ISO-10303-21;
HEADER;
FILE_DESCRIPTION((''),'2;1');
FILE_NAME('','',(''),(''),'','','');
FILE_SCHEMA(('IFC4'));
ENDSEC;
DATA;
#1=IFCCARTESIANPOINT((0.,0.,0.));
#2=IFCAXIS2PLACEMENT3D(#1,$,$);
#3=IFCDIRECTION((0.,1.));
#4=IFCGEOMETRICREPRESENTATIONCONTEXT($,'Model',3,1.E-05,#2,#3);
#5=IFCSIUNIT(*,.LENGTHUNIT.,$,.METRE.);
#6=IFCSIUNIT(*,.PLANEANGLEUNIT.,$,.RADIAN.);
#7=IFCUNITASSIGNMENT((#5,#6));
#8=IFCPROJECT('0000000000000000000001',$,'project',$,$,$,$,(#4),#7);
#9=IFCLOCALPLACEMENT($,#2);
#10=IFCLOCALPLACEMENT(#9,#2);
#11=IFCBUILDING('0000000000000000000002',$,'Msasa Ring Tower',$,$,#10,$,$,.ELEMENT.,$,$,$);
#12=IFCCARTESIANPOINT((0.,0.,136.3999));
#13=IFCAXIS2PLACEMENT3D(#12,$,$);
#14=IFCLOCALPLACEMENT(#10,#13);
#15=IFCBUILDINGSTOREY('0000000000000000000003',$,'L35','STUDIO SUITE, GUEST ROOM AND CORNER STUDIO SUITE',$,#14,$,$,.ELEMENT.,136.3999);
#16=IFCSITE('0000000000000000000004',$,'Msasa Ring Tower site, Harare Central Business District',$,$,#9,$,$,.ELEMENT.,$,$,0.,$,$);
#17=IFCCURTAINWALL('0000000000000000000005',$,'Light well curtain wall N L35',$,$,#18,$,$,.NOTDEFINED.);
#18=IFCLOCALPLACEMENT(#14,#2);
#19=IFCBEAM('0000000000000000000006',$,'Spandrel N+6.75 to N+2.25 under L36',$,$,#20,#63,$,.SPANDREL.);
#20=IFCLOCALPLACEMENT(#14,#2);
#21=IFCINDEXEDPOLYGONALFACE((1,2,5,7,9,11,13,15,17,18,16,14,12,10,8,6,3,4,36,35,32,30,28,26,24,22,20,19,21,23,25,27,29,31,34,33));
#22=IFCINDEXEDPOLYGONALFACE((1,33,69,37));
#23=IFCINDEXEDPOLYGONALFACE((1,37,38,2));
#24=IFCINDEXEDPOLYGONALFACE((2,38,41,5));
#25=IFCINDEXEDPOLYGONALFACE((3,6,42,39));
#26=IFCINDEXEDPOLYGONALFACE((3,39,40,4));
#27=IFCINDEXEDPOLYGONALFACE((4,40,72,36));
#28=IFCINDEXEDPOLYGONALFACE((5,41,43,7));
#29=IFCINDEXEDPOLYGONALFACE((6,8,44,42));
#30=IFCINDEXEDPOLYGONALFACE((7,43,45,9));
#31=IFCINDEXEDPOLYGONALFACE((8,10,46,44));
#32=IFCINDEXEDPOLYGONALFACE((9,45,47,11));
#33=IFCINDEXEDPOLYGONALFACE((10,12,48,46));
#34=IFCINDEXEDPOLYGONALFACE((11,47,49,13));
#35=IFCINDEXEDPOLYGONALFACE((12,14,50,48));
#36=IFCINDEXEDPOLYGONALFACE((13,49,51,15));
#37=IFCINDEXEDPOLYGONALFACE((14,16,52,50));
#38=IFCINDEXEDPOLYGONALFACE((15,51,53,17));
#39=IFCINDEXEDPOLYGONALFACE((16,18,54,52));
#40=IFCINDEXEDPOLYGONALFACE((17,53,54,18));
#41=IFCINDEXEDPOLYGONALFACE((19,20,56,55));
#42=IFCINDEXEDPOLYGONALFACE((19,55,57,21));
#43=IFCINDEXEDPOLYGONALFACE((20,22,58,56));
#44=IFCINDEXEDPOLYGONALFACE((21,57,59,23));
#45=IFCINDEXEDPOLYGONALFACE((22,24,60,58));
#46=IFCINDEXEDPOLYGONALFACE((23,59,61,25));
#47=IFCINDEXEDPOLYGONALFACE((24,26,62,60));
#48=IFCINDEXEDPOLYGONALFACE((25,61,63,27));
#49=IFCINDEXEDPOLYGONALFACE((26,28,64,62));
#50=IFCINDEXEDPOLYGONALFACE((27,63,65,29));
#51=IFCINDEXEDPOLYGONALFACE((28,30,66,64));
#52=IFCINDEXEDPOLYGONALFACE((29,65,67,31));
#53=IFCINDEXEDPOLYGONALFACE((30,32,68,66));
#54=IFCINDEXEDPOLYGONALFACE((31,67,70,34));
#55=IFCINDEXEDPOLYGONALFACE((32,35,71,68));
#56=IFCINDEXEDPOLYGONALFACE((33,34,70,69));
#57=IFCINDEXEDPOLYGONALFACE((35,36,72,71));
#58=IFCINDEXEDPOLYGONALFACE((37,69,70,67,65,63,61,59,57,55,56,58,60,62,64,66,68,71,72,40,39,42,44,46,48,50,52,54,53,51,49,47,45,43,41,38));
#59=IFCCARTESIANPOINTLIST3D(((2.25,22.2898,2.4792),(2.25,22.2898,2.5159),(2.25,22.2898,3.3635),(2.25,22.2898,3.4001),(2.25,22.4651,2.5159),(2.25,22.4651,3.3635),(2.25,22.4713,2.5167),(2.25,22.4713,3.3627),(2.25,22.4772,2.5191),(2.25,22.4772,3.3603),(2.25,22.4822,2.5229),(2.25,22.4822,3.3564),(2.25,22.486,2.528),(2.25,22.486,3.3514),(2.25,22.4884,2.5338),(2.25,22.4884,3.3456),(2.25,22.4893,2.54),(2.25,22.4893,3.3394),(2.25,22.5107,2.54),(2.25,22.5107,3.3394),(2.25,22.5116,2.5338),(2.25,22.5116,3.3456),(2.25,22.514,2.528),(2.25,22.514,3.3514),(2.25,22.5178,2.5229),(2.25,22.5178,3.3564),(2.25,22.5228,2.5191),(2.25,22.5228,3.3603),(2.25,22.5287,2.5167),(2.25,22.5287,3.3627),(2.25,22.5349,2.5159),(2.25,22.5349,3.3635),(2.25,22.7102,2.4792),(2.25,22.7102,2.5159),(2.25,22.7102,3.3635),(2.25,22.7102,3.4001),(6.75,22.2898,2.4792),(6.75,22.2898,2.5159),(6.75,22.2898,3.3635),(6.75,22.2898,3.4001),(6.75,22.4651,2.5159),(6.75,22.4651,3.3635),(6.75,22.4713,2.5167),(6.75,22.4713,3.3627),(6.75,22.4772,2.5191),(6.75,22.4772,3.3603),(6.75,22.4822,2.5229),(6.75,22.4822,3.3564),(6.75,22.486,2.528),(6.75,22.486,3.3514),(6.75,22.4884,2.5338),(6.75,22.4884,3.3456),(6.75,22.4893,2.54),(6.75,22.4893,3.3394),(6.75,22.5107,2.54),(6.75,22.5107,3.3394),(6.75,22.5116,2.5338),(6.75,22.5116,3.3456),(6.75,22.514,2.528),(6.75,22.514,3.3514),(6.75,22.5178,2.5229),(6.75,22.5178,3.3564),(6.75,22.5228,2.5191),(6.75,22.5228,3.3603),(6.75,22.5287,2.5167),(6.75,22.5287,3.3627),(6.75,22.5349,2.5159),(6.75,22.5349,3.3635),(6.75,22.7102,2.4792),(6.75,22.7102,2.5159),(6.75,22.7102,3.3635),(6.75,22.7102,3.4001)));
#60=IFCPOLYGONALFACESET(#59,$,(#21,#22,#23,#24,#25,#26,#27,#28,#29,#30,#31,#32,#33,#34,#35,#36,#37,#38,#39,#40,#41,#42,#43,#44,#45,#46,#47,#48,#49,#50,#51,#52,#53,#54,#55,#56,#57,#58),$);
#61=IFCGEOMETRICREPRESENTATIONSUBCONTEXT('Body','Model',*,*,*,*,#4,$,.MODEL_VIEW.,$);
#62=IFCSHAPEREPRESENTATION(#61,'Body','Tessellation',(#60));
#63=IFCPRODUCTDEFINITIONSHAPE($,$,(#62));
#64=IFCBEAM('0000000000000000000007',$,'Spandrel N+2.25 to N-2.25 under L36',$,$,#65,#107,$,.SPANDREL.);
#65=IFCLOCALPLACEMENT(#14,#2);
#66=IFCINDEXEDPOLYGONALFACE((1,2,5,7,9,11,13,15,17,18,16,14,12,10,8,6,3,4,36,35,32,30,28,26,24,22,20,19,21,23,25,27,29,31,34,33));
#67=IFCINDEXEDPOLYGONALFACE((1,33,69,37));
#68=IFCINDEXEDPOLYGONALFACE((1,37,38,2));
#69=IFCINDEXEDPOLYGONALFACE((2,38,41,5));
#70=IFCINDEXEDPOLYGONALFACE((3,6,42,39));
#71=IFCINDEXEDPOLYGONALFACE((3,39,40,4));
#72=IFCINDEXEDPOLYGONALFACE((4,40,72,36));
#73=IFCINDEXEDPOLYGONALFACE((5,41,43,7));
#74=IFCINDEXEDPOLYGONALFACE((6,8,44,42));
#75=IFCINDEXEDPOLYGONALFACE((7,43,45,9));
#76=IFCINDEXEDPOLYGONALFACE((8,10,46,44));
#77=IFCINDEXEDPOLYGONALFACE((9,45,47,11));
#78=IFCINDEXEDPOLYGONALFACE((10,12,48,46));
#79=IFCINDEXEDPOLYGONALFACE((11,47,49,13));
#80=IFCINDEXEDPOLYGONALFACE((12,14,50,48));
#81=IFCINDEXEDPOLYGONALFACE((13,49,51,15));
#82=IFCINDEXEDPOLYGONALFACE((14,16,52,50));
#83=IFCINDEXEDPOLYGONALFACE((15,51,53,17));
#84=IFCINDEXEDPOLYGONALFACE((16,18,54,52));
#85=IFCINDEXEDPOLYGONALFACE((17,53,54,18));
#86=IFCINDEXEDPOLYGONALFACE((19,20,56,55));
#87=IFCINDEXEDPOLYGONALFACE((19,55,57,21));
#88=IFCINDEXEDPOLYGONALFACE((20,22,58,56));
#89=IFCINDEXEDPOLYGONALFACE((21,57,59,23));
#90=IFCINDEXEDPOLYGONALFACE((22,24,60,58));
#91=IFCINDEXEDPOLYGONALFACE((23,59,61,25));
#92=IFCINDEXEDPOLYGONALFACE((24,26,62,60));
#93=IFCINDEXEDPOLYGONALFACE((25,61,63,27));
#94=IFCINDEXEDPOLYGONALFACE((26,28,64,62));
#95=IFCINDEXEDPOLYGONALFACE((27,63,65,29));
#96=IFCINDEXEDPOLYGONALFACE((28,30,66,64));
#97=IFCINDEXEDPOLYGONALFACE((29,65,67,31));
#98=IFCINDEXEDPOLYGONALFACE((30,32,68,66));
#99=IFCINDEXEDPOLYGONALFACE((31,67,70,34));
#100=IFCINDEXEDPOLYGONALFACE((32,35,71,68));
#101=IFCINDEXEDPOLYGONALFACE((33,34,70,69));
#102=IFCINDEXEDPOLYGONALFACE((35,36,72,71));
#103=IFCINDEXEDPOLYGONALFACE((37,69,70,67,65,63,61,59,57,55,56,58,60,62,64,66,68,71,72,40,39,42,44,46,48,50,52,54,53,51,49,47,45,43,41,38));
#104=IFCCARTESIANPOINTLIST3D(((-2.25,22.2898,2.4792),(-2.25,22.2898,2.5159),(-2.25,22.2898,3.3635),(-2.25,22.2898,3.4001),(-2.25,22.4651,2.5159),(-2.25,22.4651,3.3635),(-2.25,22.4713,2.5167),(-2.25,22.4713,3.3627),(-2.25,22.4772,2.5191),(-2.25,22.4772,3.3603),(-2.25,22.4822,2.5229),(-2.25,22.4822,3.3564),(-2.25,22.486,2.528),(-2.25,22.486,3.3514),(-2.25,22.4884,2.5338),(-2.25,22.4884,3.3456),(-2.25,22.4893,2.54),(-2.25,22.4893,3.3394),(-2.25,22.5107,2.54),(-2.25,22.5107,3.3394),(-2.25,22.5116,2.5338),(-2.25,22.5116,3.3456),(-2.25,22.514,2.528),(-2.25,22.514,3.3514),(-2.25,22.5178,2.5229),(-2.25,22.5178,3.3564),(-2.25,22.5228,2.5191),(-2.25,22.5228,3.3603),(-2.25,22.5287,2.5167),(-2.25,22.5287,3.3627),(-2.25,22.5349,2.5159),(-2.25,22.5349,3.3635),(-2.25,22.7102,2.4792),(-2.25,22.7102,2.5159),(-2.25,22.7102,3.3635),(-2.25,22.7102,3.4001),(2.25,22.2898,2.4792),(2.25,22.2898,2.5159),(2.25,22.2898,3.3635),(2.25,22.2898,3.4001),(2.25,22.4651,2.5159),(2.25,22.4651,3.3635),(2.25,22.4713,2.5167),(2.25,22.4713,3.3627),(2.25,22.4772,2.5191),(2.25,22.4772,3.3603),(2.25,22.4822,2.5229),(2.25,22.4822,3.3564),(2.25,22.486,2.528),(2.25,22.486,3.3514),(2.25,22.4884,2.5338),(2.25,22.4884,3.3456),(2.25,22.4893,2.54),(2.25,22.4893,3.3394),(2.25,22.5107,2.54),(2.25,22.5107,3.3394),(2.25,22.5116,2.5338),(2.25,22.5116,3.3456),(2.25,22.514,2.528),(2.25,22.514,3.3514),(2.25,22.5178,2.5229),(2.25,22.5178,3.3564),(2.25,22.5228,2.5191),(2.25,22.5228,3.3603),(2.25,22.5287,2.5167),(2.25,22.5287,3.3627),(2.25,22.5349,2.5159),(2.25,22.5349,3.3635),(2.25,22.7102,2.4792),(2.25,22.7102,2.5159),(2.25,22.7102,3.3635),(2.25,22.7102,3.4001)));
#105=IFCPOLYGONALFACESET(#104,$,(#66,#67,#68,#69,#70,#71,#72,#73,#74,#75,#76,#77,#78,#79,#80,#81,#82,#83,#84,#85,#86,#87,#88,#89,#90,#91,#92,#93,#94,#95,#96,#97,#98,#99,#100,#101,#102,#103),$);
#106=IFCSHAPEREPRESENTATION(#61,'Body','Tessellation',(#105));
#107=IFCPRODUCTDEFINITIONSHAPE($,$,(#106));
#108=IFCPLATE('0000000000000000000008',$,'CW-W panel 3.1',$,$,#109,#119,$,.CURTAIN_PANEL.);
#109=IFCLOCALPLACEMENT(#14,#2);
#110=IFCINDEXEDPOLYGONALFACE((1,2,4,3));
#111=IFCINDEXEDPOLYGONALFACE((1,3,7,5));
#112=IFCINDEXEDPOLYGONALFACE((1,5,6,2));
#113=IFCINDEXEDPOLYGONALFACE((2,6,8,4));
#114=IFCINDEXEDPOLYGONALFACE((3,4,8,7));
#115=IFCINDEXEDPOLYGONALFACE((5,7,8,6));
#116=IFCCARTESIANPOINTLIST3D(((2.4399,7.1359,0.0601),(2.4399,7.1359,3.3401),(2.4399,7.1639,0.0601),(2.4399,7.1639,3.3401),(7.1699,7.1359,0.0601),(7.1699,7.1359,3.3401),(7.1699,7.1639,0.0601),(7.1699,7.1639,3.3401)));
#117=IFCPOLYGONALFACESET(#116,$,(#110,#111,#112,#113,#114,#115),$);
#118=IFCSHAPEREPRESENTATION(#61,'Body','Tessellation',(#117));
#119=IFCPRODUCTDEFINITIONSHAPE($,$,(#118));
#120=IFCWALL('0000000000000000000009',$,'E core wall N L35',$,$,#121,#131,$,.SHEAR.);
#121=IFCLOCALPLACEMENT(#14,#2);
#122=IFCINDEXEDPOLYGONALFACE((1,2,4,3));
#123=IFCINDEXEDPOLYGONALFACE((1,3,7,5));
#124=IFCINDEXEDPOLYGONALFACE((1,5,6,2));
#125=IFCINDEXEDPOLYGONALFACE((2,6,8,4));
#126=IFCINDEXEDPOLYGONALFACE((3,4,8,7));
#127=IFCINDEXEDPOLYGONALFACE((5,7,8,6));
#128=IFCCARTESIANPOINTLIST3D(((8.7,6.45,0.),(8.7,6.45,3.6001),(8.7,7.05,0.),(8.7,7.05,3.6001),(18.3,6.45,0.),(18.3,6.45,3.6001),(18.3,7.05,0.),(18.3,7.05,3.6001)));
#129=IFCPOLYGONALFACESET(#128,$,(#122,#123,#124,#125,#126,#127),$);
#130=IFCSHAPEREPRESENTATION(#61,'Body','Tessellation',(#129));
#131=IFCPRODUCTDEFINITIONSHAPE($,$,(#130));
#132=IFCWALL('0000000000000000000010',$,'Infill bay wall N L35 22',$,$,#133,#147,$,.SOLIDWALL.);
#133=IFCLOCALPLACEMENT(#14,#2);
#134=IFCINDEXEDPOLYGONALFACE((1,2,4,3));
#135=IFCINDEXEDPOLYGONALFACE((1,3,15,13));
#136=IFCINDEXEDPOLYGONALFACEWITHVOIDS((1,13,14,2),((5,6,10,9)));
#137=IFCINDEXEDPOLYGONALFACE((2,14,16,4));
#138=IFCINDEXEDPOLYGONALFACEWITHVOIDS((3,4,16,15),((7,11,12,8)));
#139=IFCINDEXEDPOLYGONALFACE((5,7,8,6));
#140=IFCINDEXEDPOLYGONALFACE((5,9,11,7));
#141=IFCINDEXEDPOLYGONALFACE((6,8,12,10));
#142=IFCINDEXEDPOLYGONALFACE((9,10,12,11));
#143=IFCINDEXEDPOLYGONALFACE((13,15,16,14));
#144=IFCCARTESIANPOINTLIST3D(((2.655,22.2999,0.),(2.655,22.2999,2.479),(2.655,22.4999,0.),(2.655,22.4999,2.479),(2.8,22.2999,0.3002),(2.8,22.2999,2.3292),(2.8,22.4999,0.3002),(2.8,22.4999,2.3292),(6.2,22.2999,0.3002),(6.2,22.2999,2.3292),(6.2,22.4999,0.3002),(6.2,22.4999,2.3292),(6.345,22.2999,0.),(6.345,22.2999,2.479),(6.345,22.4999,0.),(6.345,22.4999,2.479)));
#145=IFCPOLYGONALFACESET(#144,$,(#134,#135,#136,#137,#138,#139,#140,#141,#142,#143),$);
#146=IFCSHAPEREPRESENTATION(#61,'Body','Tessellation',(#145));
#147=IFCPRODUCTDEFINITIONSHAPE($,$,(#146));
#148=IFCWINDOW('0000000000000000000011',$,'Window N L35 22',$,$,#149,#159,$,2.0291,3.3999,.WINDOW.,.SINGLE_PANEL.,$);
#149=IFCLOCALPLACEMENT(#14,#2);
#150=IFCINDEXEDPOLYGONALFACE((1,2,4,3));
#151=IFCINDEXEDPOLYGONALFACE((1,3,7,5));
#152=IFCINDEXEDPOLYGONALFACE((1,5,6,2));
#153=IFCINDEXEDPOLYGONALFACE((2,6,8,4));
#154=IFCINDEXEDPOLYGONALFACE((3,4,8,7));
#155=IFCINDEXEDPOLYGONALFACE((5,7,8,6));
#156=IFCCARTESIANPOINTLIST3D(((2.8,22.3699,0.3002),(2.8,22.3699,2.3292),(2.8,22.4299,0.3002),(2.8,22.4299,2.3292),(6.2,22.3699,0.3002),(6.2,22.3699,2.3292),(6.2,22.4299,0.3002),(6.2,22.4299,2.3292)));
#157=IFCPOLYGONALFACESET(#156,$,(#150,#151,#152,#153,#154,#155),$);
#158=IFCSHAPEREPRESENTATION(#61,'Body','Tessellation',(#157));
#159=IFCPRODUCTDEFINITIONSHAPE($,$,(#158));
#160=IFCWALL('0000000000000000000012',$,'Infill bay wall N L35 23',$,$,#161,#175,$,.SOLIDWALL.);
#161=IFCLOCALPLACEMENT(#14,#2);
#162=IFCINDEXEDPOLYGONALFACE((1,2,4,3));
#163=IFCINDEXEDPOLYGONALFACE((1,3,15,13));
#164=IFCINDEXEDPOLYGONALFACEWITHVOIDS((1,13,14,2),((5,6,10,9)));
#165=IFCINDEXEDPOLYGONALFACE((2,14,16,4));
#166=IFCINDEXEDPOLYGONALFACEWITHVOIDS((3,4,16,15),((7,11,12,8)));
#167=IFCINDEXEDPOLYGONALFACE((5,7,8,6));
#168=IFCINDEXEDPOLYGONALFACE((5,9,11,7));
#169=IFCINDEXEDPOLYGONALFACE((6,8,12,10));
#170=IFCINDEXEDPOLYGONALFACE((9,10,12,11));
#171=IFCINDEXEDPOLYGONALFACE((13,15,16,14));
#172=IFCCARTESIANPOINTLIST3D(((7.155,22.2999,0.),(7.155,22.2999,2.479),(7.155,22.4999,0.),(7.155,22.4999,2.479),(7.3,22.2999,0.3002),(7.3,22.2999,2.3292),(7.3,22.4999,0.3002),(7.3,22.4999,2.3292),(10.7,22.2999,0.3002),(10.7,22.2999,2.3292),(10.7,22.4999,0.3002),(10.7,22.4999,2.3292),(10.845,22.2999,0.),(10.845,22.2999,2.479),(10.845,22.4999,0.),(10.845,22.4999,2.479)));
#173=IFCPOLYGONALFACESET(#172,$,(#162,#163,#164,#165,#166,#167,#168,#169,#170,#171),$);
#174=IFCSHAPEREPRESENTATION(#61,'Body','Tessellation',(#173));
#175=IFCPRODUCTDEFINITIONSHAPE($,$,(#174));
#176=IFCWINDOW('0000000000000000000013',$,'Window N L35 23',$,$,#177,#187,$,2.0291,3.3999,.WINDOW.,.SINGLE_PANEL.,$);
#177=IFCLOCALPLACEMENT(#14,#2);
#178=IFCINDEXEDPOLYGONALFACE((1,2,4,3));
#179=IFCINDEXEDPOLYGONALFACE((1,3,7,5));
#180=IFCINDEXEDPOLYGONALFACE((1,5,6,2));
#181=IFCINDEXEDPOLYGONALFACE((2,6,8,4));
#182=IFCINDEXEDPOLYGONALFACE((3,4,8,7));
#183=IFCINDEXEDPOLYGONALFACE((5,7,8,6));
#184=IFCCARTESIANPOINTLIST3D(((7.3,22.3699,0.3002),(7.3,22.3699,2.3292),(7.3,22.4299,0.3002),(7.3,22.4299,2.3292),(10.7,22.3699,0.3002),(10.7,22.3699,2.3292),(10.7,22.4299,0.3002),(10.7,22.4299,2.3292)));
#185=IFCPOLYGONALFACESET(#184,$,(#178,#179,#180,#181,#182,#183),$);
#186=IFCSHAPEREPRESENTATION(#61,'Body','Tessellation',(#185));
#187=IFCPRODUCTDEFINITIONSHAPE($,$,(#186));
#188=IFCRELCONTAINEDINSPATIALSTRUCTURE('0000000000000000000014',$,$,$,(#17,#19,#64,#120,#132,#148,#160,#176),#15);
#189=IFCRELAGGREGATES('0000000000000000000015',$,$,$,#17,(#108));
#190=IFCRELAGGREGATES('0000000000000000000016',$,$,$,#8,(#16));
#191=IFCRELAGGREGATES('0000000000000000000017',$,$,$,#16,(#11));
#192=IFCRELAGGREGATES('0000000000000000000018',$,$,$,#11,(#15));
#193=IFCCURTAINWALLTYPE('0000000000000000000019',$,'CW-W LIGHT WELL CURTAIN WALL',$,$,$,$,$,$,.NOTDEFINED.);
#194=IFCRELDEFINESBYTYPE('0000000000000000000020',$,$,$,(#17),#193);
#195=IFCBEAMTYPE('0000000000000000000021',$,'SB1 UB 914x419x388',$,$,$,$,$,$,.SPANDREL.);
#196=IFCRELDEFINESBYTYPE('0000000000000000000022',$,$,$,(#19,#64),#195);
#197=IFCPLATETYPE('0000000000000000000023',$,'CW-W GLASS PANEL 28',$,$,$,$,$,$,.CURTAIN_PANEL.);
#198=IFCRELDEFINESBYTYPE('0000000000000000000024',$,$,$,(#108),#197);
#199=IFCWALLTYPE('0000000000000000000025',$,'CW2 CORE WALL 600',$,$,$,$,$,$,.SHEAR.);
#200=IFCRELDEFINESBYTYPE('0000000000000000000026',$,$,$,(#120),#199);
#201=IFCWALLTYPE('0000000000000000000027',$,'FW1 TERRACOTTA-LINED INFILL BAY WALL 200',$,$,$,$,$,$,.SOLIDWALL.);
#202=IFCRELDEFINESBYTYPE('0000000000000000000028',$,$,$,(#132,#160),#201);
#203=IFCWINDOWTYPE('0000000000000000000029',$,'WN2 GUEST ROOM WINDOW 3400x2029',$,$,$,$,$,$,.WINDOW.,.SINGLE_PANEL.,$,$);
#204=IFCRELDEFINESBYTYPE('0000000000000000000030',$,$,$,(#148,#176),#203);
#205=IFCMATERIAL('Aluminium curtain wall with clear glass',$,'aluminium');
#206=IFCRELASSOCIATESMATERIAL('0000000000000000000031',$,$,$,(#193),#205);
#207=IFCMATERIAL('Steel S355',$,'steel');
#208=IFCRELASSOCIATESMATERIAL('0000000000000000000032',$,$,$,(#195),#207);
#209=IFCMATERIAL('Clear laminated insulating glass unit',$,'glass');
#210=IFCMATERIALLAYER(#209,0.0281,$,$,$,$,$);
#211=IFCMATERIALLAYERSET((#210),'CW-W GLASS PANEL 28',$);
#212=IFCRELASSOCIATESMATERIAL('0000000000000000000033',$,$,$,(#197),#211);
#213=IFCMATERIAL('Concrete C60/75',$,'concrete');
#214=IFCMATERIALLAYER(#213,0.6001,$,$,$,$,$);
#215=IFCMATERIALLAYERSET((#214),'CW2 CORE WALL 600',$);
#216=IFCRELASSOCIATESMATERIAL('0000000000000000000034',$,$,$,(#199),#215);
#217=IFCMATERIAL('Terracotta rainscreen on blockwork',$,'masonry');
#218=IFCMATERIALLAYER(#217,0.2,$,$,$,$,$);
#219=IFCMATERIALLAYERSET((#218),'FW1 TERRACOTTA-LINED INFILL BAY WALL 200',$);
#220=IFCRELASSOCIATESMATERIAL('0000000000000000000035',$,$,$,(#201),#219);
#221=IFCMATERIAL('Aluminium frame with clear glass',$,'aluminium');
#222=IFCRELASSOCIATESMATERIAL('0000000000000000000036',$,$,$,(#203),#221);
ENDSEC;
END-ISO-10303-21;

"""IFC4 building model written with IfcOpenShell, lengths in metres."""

from ifc_helpers import new_model, si_unit, direction, frame, frame_2d, origin, origin_2d, place, context, subcontext, project, spatial, rectangle, i_section, extrude, material, layer, layer_set, material_profile, profile_set, type_object, element, fill, aggregate, save


model = new_model("IFC4")

# Units and contexts
model_context = context("Model", 3, precision=1e-05, world=origin(), true_north=direction((0.0, 1.0)))
body_context = subcontext(model_context, "Body", "Model", "MODEL_VIEW")
ifc_project = project(units=[si_unit("LENGTHUNIT", "METRE"), si_unit("PLANEANGLEUNIT", "RADIAN")], contexts=[model_context])

# Site, building, storey
site_placement = place(None, origin())
site = spatial("IfcSite", under=ifc_project, at=site_placement, Name="Msasa Ring Tower site, Harare Central Business District", CompositionType="ELEMENT", RefElevation=0.0)
building_placement = place(site_placement, origin())
building = spatial("IfcBuilding", under=site, at=building_placement, Name="Msasa Ring Tower", CompositionType="ELEMENT")
storey_placement = place(building_placement, frame((0.0, 0.0, 136.3999)))
storey = spatial("IfcBuildingStorey", under=building, at=storey_placement, Name="L35", Description="STUDIO SUITE, GUEST ROOM AND CORNER STUDIO SUITE", CompositionType="ELEMENT", Elevation=136.3999)

# Curtain wall
ifc_material_1 = material(Name="Aluminium curtain wall with clear glass", Category="aluminium")
curtain_wall_type = type_object("IfcCurtainWallType", Name="CW-W LIGHT WELL CURTAIN WALL", PredefinedType="NOTDEFINED", material=ifc_material_1)
curtain_wall_1_placement = place(storey_placement, origin())
curtain_wall_1 = element("IfcCurtainWall", 1, at=curtain_wall_1_placement, inside=storey, type_object=curtain_wall_type, Name="Light well curtain wall N L35", PredefinedType="NOTDEFINED")

# Beams
ifc_material_2 = material(Name="Steel S355", Category="steel")
ifc_material_profile_1 = material_profile(ifc_material_2, i_section(OverallWidth=0.4204, OverallDepth=0.9209, WebThickness=0.0215, FlangeThickness=0.0366, FilletRadius=0.0242, at=origin_2d()), Name="UB 914x419x388")
ifc_profile_set_1 = profile_set([ifc_material_profile_1], Name="Steel S355")
beam_type_1 = type_object("IfcBeamType", Name="SB1 UB 914x419x388", PredefinedType="SPANDREL", material=ifc_profile_set_1)
for number, where, z_axis, x_axis, name in (
    (2, (6.75, 22.5, 2.9397), (-1.0, 0.0, 0.0), (0.0, -1.0, 0.0), "Spandrel N+6.75 to N+2.25 under L36"),
    (3, (2.25, 22.5, 2.9397), (-1.0, 0.0, 0.0), (0.0, -1.0, 0.0), "Spandrel N+2.25 to N-2.25 under L36"),
):
    element("IfcBeam", number, at=place(storey_placement, frame(where, z_axis=z_axis, x_axis=x_axis)), inside=storey, type_object=beam_type_1, Name=name, PredefinedType="SPANDREL", context=body_context, shape_type="SweptSolid", body=[
        extrude(i_section(OverallWidth=0.4204, OverallDepth=0.9209, WebThickness=0.0215, FlangeThickness=0.0366, FilletRadius=0.0242, at=origin_2d()), origin(), (0.0, 0.0, 1.0), 4.5),
    ])

# Plate
ifc_material_3 = material(Name="Clear laminated insulating glass unit", Category="glass")
ifc_layer_1 = layer(ifc_material_3, 0.0281)
ifc_layer_set_1 = layer_set([ifc_layer_1], Name="CW-W GLASS PANEL 28")
plate_type = type_object("IfcPlateType", Name="CW-W GLASS PANEL 28", PredefinedType="CURTAIN_PANEL", material=ifc_layer_set_1)
plate_placement = place(storey_placement, frame((4.8049, 7.1499, 0.0601), z_axis=(0.0, 0.0, 1.0), x_axis=(1.0, 0.0, 0.0)))
plate = element("IfcPlate", 4, at=plate_placement, type_object=plate_type, Name="CW-W panel 3.1", PredefinedType="CURTAIN_PANEL", context=body_context, shape_type="SweptSolid", body=[
    extrude(rectangle(XDim=4.73, YDim=0.0281, at=origin_2d()), origin(), (0.0, 0.0, 1.0), 3.28),
])
aggregate(curtain_wall_1, [plate])

# Wall
ifc_material_4 = material(Name="Concrete C60/75", Category="concrete")
ifc_layer_2 = layer(ifc_material_4, 0.6001)
ifc_layer_set_2 = layer_set([ifc_layer_2], Name="CW2 CORE WALL 600")
wall_type_1 = type_object("IfcWallType", Name="CW2 CORE WALL 600", PredefinedType="SHEAR", material=ifc_layer_set_2)
wall_1_placement = place(storey_placement, frame((8.7, 6.75, 0.0), z_axis=(0.0, 0.0, 1.0), x_axis=(1.0, 0.0, 0.0)))
element("IfcWall", 5, at=wall_1_placement, inside=storey, type_object=wall_type_1, Name="E core wall N L35", PredefinedType="SHEAR", context=body_context, shape_type="SweptSolid", body=[
    extrude(rectangle(XDim=9.6001, YDim=0.6001, at=frame_2d((4.8, 0.0))), origin(), (0.0, 0.0, 1.0), 3.6001),
])

# Walls, openings, windows
ifc_material_5 = material(Name="Terracotta rainscreen on blockwork", Category="masonry")
ifc_layer_3 = layer(ifc_material_5, 0.2)
ifc_layer_set_3 = layer_set([ifc_layer_3], Name="FW1 TERRACOTTA-LINED INFILL BAY WALL 200")
wall_type_2 = type_object("IfcWallType", Name="FW1 TERRACOTTA-LINED INFILL BAY WALL 200", PredefinedType="SOLIDWALL", material=ifc_layer_set_3)
wall_2_placement = place(storey_placement, frame((2.655, 22.3999, 0.0), z_axis=(0.0, 0.0, 1.0), x_axis=(1.0, 0.0, 0.0)))
wall_2 = element("IfcWall", 6, at=wall_2_placement, inside=storey, type_object=wall_type_2, Name="Infill bay wall N L35 22", PredefinedType="SOLIDWALL", context=body_context, shape_type="SweptSolid", body=[
    extrude(rectangle(XDim=3.6899, YDim=0.2, at=frame_2d((1.845, 0.0))), origin(), (0.0, 0.0, 1.0), 2.479),
])
opening_1_placement = place(wall_2_placement, frame((0.145, 0.0, 0.3)))
opening_1 = element("IfcOpeningElement", 7, at=opening_1_placement, cuts=wall_2, PredefinedType="OPENING", context=body_context, shape_type="SweptSolid", body=[
    extrude(rectangle(XDim=3.3999, YDim=2.0291, at=frame_2d((1.7, 1.0146))), frame((0.0, 0.1099, 0.0), z_axis=(0.0, -1.0, 0.0), x_axis=(1.0, 0.0, 0.0)), (0.0, 0.0, 1.0), 0.22),
])
ifc_material_6 = material(Name="Aluminium frame with clear glass", Category="aluminium")
window_type = type_object("IfcWindowType", Name="WN2 GUEST ROOM WINDOW 3400x2029", PartitioningType="SINGLE_PANEL", PredefinedType="WINDOW", material=ifc_material_6)
window_1_placement = place(opening_1_placement, origin())
window_1 = element("IfcWindow", 8, at=window_1_placement, inside=storey, type_object=window_type, Name="Window N L35 22", OverallHeight=2.0291, OverallWidth=3.3999, PartitioningType="SINGLE_PANEL", PredefinedType="WINDOW", context=body_context, shape_type="SweptSolid", body=[
    extrude(rectangle(XDim=3.3999, YDim=2.0291, at=frame_2d((1.7, 1.0146))), frame((0.0, 0.03, 0.0), z_axis=(0.0, -1.0, 0.0), x_axis=(1.0, 0.0, 0.0)), (0.0, 0.0, 1.0), 0.0601),
])
fill(opening_1, window_1)
wall_3_placement = place(storey_placement, frame((7.155, 22.3999, 0.0), z_axis=(0.0, 0.0, 1.0), x_axis=(1.0, 0.0, 0.0)))
wall_3 = element("IfcWall", 9, at=wall_3_placement, inside=storey, type_object=wall_type_2, Name="Infill bay wall N L35 23", PredefinedType="SOLIDWALL", context=body_context, shape_type="SweptSolid", body=[
    extrude(rectangle(XDim=3.6899, YDim=0.2, at=frame_2d((1.845, 0.0))), origin(), (0.0, 0.0, 1.0), 2.479),
])
opening_2_placement = place(wall_3_placement, frame((0.145, 0.0, 0.3)))
opening_2 = element("IfcOpeningElement", 10, at=opening_2_placement, cuts=wall_3, PredefinedType="OPENING", context=body_context, shape_type="SweptSolid", body=[
    extrude(rectangle(XDim=3.3999, YDim=2.0291, at=frame_2d((1.7, 1.0146))), frame((0.0, 0.1099, 0.0), z_axis=(0.0, -1.0, 0.0), x_axis=(1.0, 0.0, 0.0)), (0.0, 0.0, 1.0), 0.22),
])
window_2_placement = place(opening_2_placement, origin())
window_2 = element("IfcWindow", 11, at=window_2_placement, inside=storey, type_object=window_type, Name="Window N L35 23", OverallHeight=2.0291, OverallWidth=3.3999, PartitioningType="SINGLE_PANEL", PredefinedType="WINDOW", context=body_context, shape_type="SweptSolid", body=[
    extrude(rectangle(XDim=3.3999, YDim=2.0291, at=frame_2d((1.7, 1.0146))), frame((0.0, 0.03, 0.0), z_axis=(0.0, -1.0, 0.0), x_axis=(1.0, 0.0, 0.0)), (0.0, 0.0, 1.0), 0.0601),
])
fill(opening_2, window_2)

save(model, "model.ifc")
